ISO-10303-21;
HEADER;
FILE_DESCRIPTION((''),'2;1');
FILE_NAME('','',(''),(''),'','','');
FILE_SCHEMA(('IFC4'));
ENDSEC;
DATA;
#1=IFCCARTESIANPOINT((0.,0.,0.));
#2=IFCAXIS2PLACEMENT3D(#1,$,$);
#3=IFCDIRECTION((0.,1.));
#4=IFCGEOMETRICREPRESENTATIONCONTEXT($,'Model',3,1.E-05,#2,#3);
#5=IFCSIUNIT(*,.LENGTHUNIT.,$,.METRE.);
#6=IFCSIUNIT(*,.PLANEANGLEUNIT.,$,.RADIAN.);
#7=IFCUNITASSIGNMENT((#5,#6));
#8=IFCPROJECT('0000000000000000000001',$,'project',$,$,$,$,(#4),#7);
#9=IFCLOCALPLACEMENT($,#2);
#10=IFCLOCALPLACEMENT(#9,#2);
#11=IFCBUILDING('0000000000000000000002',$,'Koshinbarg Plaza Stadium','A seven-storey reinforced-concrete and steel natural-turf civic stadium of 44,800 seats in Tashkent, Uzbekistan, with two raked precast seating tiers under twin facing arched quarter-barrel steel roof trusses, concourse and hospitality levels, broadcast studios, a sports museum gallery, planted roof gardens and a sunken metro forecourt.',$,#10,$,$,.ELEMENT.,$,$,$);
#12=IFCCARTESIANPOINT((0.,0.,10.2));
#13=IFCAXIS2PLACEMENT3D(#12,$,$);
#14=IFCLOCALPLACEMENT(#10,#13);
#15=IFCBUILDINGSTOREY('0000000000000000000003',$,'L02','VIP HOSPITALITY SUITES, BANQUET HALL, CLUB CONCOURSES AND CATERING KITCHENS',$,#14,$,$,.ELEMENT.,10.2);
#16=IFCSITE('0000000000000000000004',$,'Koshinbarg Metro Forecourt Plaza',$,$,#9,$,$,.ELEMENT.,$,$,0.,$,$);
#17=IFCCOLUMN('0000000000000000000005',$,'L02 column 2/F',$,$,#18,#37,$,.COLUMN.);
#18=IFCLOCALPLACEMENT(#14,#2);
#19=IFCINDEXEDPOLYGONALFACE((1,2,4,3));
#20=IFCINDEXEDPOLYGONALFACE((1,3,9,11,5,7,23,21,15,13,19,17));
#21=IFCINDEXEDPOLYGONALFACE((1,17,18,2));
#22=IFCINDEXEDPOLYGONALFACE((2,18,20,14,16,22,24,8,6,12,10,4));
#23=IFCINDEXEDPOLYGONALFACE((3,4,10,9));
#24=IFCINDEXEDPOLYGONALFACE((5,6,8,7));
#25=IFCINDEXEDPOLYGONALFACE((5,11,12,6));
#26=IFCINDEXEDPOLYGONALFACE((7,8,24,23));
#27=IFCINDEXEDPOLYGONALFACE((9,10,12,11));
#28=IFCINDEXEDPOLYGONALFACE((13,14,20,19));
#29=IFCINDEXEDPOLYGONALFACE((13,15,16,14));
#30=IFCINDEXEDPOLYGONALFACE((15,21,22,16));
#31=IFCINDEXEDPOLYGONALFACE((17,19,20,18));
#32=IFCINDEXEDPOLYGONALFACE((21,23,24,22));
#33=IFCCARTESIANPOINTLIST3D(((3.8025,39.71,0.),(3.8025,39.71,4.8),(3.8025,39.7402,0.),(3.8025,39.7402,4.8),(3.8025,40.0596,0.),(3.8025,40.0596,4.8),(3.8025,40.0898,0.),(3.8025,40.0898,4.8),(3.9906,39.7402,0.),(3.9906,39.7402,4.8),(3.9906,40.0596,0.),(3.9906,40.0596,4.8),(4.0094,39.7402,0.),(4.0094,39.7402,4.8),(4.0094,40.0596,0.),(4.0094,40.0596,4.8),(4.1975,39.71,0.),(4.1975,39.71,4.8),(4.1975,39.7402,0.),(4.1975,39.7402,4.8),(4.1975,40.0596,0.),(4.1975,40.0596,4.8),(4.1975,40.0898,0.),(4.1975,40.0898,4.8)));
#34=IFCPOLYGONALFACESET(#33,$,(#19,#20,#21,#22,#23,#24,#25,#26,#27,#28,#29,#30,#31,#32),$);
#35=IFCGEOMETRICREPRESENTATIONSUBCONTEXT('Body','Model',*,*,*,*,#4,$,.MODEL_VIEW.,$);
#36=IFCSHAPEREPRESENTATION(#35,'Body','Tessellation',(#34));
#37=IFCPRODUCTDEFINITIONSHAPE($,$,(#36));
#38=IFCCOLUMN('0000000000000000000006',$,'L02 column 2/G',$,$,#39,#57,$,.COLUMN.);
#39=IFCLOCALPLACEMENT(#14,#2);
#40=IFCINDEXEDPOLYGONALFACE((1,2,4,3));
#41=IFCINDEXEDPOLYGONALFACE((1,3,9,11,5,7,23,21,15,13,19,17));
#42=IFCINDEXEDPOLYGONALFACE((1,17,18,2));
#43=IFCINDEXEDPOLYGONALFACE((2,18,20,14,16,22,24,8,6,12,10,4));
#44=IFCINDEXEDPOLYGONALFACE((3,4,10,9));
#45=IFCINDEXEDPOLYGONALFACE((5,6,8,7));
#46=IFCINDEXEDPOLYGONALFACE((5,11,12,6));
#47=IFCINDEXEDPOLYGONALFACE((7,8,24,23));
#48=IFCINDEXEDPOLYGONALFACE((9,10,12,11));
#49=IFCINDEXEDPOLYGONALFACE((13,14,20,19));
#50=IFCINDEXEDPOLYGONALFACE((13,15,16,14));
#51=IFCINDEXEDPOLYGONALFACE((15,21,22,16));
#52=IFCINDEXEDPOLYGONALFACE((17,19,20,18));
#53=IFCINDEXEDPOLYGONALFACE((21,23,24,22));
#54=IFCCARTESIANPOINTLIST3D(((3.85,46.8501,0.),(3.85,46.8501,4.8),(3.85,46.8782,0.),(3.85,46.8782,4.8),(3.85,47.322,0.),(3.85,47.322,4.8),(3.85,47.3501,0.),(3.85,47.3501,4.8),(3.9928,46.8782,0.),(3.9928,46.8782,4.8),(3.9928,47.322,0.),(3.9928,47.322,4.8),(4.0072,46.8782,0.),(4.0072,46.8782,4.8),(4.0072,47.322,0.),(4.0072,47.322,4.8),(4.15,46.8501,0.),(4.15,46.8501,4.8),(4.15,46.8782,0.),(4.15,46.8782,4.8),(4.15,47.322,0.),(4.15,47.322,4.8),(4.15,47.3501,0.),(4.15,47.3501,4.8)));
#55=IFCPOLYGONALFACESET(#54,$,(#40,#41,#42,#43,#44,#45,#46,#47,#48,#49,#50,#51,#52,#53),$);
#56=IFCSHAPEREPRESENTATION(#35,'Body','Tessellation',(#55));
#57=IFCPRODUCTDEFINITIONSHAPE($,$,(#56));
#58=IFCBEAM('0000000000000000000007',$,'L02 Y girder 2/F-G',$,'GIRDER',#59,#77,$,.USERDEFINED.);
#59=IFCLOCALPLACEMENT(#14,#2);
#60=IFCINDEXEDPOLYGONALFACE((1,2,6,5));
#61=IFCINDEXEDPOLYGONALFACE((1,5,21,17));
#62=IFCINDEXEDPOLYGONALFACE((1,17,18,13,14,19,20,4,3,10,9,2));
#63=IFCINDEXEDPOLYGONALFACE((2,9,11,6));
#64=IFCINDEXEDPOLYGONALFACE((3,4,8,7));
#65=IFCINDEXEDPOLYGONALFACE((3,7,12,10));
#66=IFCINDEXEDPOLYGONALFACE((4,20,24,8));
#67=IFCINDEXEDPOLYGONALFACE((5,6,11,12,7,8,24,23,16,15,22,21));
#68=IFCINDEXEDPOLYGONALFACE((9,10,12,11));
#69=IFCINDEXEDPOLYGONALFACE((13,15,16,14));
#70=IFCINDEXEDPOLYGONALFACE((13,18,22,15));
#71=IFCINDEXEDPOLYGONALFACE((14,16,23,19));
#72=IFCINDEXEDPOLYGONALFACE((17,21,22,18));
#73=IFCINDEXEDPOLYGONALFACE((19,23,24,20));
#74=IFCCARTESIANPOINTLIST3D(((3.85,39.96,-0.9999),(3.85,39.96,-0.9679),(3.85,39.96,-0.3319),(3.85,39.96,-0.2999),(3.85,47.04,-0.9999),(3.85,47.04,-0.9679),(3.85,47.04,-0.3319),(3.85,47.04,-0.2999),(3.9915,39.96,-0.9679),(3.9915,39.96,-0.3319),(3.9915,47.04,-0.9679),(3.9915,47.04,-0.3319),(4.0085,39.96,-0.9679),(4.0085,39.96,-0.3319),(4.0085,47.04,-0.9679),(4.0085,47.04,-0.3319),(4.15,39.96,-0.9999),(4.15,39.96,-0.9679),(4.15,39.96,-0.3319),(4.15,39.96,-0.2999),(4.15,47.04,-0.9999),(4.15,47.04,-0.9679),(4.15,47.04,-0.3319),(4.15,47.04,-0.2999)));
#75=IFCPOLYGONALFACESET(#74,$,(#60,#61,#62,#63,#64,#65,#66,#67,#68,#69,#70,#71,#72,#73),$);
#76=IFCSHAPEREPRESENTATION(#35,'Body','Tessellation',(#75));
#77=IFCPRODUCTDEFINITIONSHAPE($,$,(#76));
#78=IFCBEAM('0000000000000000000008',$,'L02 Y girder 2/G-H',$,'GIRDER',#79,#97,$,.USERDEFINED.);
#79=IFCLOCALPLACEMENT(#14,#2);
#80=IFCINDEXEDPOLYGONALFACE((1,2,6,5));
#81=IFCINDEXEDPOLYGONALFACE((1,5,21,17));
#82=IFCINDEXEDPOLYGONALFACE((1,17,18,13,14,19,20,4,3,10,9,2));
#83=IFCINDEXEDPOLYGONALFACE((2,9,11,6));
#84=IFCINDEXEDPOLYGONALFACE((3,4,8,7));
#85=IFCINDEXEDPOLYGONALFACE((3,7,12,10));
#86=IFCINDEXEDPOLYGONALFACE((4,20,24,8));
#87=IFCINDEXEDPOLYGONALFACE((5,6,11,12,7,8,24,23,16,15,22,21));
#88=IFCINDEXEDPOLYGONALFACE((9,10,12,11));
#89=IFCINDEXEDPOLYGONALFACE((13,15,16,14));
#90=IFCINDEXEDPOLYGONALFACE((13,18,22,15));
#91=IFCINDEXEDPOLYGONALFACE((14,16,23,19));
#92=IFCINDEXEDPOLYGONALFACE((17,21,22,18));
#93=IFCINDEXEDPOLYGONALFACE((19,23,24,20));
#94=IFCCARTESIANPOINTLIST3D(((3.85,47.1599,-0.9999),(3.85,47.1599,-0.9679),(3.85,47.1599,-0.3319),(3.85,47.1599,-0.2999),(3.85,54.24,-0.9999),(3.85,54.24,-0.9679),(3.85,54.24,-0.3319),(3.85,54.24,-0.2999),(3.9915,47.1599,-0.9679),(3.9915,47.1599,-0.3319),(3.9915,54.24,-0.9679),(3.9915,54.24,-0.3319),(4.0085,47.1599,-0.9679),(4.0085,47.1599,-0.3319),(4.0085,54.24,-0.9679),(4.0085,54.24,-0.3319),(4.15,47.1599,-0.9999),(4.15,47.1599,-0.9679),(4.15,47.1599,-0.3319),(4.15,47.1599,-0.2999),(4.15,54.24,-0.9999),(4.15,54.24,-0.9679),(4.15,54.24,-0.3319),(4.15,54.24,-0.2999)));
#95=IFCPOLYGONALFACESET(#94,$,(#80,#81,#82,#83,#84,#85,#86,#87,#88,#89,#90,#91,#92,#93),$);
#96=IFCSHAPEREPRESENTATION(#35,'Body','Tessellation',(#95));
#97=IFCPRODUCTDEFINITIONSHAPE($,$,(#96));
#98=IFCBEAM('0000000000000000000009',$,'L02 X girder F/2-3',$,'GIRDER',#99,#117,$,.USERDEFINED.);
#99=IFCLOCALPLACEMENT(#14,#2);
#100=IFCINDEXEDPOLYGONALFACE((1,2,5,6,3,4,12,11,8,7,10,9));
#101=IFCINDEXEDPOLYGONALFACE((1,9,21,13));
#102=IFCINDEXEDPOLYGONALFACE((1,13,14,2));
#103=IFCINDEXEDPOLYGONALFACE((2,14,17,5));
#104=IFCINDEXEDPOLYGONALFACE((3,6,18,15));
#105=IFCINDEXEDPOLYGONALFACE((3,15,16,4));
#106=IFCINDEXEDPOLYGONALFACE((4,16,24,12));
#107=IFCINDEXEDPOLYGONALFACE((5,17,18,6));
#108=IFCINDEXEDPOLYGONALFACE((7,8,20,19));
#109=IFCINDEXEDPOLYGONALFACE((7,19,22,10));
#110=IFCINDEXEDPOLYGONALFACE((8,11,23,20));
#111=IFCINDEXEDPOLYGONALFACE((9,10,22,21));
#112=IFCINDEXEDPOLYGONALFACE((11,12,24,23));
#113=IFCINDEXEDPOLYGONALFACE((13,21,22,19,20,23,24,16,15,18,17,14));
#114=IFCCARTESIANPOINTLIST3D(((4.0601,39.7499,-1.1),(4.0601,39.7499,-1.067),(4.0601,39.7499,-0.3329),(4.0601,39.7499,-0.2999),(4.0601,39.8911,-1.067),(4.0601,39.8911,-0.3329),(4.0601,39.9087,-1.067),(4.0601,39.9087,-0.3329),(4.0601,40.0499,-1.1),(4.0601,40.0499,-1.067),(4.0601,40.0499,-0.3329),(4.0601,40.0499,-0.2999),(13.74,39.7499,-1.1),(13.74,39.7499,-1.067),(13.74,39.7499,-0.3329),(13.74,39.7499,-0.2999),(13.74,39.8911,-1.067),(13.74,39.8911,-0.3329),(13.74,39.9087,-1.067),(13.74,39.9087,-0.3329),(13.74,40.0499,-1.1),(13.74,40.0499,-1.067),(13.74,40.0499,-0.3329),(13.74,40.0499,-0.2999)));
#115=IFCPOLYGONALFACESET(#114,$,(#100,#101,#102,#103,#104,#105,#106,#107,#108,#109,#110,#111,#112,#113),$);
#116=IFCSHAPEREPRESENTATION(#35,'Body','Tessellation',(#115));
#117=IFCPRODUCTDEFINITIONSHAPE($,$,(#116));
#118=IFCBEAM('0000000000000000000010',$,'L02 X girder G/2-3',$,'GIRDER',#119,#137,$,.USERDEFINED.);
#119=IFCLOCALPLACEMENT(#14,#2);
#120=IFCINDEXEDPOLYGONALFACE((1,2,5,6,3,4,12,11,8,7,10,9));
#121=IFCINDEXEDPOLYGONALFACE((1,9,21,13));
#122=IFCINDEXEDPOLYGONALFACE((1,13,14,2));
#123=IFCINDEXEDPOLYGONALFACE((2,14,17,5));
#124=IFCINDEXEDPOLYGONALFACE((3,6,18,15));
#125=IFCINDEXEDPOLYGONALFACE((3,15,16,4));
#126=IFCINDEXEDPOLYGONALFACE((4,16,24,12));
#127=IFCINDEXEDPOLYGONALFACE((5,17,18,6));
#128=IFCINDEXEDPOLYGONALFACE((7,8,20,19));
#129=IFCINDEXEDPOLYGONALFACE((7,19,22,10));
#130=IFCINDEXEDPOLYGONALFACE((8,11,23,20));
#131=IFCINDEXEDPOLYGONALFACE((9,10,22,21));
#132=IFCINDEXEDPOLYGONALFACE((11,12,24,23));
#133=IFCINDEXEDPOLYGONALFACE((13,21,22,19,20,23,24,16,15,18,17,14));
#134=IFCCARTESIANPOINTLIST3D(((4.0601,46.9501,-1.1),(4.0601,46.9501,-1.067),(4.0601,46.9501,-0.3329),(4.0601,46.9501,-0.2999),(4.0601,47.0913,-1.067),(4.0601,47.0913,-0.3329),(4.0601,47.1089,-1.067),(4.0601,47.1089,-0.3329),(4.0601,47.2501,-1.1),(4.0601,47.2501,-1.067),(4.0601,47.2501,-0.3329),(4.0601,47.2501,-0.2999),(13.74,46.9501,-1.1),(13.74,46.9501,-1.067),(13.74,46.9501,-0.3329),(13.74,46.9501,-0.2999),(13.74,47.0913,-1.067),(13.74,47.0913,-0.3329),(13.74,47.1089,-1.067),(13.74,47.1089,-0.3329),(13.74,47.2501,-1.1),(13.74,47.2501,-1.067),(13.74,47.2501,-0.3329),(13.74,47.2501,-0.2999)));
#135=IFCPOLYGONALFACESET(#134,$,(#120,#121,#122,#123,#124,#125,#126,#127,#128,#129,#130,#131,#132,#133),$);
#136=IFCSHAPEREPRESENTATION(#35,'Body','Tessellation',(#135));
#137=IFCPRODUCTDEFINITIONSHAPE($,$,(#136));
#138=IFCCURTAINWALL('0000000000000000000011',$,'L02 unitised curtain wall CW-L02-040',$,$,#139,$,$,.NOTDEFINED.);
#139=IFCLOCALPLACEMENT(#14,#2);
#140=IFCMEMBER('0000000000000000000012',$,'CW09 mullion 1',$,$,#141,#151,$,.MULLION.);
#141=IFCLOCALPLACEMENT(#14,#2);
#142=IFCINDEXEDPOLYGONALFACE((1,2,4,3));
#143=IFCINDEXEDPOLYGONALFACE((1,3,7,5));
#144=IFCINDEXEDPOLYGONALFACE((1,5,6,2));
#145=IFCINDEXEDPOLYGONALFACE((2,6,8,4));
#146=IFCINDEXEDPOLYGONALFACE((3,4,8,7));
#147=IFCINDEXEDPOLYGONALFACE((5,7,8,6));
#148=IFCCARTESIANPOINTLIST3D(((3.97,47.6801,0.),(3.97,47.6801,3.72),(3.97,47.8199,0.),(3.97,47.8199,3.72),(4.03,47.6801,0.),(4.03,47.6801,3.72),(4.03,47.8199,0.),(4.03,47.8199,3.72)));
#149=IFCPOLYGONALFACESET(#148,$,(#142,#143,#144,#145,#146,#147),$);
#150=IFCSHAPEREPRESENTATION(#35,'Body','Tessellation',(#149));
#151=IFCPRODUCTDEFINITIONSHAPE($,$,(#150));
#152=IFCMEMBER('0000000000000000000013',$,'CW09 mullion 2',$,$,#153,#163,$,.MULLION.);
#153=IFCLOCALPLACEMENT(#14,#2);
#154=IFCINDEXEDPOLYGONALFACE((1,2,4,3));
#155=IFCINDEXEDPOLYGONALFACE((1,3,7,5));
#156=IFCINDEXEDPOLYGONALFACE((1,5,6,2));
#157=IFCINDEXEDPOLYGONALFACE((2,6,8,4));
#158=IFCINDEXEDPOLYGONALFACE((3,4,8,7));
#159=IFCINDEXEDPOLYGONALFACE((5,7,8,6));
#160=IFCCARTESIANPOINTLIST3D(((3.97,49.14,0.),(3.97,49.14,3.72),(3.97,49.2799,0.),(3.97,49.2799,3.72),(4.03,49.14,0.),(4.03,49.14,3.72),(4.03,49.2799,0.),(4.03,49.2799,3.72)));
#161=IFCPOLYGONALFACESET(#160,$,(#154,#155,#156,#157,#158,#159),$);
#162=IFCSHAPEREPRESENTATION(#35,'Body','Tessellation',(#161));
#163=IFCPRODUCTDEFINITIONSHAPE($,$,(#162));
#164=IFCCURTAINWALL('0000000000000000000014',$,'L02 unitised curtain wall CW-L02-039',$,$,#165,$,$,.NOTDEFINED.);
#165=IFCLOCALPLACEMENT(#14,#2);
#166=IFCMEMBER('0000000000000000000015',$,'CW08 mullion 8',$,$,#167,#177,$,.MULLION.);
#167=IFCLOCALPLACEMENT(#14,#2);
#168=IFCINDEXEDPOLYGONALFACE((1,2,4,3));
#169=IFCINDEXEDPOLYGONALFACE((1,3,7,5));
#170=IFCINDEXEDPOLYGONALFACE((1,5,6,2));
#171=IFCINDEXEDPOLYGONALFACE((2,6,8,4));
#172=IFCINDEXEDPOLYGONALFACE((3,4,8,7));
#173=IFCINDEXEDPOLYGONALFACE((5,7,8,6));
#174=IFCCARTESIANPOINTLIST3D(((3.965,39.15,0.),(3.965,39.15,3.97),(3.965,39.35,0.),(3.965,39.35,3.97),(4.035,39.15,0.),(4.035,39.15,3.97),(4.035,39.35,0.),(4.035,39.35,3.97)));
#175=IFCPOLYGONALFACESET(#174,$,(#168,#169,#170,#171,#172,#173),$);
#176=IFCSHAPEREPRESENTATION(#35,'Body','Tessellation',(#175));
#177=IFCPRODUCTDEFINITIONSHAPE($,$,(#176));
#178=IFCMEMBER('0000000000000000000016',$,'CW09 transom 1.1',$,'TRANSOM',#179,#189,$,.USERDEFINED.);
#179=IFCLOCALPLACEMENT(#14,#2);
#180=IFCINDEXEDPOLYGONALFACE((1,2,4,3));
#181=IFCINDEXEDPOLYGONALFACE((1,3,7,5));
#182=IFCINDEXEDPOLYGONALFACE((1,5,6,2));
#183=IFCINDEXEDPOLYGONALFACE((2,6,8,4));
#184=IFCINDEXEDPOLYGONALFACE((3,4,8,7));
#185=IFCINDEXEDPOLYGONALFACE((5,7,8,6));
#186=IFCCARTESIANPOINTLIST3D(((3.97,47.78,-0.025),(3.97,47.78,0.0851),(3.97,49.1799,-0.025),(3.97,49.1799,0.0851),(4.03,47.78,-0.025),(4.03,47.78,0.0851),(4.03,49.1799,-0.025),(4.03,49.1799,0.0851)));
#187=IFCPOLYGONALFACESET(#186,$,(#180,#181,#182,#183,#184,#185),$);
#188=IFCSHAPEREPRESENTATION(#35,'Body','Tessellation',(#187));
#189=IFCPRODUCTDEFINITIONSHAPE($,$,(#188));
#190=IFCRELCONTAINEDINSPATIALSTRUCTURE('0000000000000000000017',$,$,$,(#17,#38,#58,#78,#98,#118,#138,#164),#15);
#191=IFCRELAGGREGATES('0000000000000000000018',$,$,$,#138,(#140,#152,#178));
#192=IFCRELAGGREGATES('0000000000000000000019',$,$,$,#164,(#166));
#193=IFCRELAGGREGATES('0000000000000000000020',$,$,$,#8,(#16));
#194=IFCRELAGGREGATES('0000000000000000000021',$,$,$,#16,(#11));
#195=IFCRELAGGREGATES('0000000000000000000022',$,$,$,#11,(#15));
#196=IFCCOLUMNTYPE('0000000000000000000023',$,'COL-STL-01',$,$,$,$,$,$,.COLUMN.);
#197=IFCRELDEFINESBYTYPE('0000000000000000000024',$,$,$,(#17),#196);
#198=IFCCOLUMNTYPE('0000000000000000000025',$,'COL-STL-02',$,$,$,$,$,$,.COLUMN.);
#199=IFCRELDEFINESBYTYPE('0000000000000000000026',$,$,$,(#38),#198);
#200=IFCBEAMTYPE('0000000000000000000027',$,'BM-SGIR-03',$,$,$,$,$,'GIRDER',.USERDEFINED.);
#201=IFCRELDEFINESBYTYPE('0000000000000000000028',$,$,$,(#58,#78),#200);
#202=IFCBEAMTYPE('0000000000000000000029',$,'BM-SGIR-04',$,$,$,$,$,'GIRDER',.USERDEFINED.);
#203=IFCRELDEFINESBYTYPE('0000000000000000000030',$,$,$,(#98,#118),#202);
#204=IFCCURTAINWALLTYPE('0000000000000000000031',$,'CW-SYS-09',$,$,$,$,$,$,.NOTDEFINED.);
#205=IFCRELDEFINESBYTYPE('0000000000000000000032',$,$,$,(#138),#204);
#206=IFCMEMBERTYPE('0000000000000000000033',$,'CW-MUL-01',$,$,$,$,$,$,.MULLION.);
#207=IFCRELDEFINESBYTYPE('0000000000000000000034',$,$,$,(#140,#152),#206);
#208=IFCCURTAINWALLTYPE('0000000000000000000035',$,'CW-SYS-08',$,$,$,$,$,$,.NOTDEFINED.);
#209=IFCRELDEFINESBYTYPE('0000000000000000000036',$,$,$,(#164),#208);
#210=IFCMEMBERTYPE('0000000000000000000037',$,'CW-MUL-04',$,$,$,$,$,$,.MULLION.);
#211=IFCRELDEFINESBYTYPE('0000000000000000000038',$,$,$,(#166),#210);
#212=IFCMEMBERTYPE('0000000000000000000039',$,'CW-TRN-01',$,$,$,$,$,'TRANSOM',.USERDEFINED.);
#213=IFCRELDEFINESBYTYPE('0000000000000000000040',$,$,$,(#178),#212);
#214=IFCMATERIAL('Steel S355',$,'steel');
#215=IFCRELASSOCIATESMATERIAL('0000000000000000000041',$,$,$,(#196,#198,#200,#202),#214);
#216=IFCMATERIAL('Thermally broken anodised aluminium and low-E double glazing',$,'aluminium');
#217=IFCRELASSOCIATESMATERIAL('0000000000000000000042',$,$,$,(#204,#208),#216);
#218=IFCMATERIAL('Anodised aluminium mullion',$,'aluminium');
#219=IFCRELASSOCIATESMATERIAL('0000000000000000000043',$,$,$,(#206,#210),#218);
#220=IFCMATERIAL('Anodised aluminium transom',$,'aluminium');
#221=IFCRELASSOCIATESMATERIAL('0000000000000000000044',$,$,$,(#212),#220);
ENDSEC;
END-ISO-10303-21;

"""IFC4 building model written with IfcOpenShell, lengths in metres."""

from ifc_helpers import new_model, si_unit, direction, frame, origin, origin_2d, place, context, subcontext, project, spatial, rectangle, i_section, extrude, material, material_profile, profile_set, type_object, element, aggregate, save


model = new_model("IFC4")

# Units and contexts
model_context = context("Model", 3, precision=1e-05, world=origin(), true_north=direction((0.0, 1.0)))
body_context = subcontext(model_context, "Body", "Model", "MODEL_VIEW")
ifc_project = project(units=[si_unit("LENGTHUNIT", "METRE"), si_unit("PLANEANGLEUNIT", "RADIAN")], contexts=[model_context])

# Site, building, storey
site_placement = place(None, origin())
site = spatial("IfcSite", under=ifc_project, at=site_placement, Name="Koshinbarg Metro Forecourt Plaza", CompositionType="ELEMENT", RefElevation=0.0)
building_placement = place(site_placement, origin())
building = spatial("IfcBuilding", under=site, at=building_placement, Name="Koshinbarg Plaza Stadium", Description="A seven-storey reinforced-concrete and steel natural-turf civic stadium of 44,800 seats in Tashkent, Uzbekistan, with two raked precast seating tiers under twin facing arched quarter-barrel steel roof trusses, concourse and hospitality levels, broadcast studios, a sports museum gallery, planted roof gardens and a sunken metro forecourt.", CompositionType="ELEMENT")
storey_placement = place(building_placement, frame((0.0, 0.0, 10.2)))
storey = spatial("IfcBuildingStorey", under=building, at=storey_placement, Name="L02", Description="VIP HOSPITALITY SUITES, BANQUET HALL, CLUB CONCOURSES AND CATERING KITCHENS", CompositionType="ELEMENT", Elevation=10.2)

# Columns
ifc_material_1 = material(Name="Steel S355", Category="steel")
ifc_material_profile_1 = material_profile(ifc_material_1, i_section(OverallWidth=0.395, OverallDepth=0.3799, WebThickness=0.0188, FlangeThickness=0.0303, at=origin_2d()), Name="HD 400x237")
ifc_profile_set_1 = profile_set([ifc_material_profile_1], Name="Steel S355")
column_type_1 = type_object("IfcColumnType", Name="COL-STL-01", PredefinedType="COLUMN", material=ifc_profile_set_1)
column_1_placement = place(storey_placement, frame((4.0, 39.8999, 0.0), z_axis=(0.0, 0.0, 1.0), x_axis=(1.0, 0.0, 0.0)))
element("IfcColumn", 1, at=column_1_placement, inside=storey, type_object=column_type_1, Name="L02 column 2/F", PredefinedType="COLUMN", context=body_context, shape_type="SweptSolid", body=[
    extrude(i_section(OverallWidth=0.395, OverallDepth=0.3799, WebThickness=0.0188, FlangeThickness=0.0303, at=origin_2d()), origin(), (0.0, 0.0, 1.0), 4.8),
])
ifc_material_profile_2 = material_profile(ifc_material_1, i_section(OverallWidth=0.3, OverallDepth=0.5, WebThickness=0.0144, FlangeThickness=0.0281, at=origin_2d()), Name="HEB 500")
ifc_profile_set_2 = profile_set([ifc_material_profile_2], Name="Steel S355")
column_type_2 = type_object("IfcColumnType", Name="COL-STL-02", PredefinedType="COLUMN", material=ifc_profile_set_2)
column_2_placement = place(storey_placement, frame((4.0, 47.1001, 0.0), z_axis=(0.0, 0.0, 1.0), x_axis=(1.0, 0.0, 0.0)))
element("IfcColumn", 2, at=column_2_placement, inside=storey, type_object=column_type_2, Name="L02 column 2/G", PredefinedType="COLUMN", context=body_context, shape_type="SweptSolid", body=[
    extrude(i_section(OverallWidth=0.3, OverallDepth=0.5, WebThickness=0.0144, FlangeThickness=0.0281, at=origin_2d()), origin(), (0.0, 0.0, 1.0), 4.8),
])

# Beams
ifc_material_profile_3 = material_profile(ifc_material_1, i_section(OverallWidth=0.3, OverallDepth=0.7, WebThickness=0.0171, FlangeThickness=0.032, at=origin_2d()), Name="HEB 700")
ifc_profile_set_3 = profile_set([ifc_material_profile_3], Name="Steel S355")
beam_type_1 = type_object("IfcBeamType", Name="BM-SGIR-03", ElementType="GIRDER", PredefinedType="USERDEFINED", material=ifc_profile_set_3)
for number, where, z_axis, x_axis, name in (
    (3, (4.0, 39.96, -0.6499), (0.0, 1.0, 0.0), (-1.0, 0.0, 0.0), "L02 Y girder 2/F-G"),
    (4, (4.0, 47.1599, -0.6499), (0.0, 1.0, 0.0), (-1.0, 0.0, 0.0), "L02 Y girder 2/G-H"),
):
    element("IfcBeam", number, at=place(storey_placement, frame(where, z_axis=z_axis, x_axis=x_axis)), inside=storey, type_object=beam_type_1, Name=name, ObjectType="GIRDER", PredefinedType="USERDEFINED", context=body_context, shape_type="SweptSolid", body=[
        extrude(i_section(OverallWidth=0.3, OverallDepth=0.7, WebThickness=0.0171, FlangeThickness=0.032, at=origin_2d()), origin(), (0.0, 0.0, 1.0), 7.0801),
    ])
ifc_material_profile_4 = material_profile(ifc_material_1, i_section(OverallWidth=0.3, OverallDepth=0.8, WebThickness=0.0176, FlangeThickness=0.033, at=origin_2d()), Name="HEB 800")
ifc_profile_set_4 = profile_set([ifc_material_profile_4], Name="Steel S355")
beam_type_2 = type_object("IfcBeamType", Name="BM-SGIR-04", ElementType="GIRDER", PredefinedType="USERDEFINED", material=ifc_profile_set_4)
for number, where, z_axis, x_axis, name in (
    (5, (4.0601, 39.8999, -0.7), (1.0, 0.0, 0.0), (0.0, 1.0, 0.0), "L02 X girder F/2-3"),
    (6, (4.0601, 47.1001, -0.7), (1.0, 0.0, 0.0), (0.0, 1.0, 0.0), "L02 X girder G/2-3"),
):
    element("IfcBeam", number, at=place(storey_placement, frame(where, z_axis=z_axis, x_axis=x_axis)), inside=storey, type_object=beam_type_2, Name=name, ObjectType="GIRDER", PredefinedType="USERDEFINED", context=body_context, shape_type="SweptSolid", body=[
        extrude(i_section(OverallWidth=0.3, OverallDepth=0.8, WebThickness=0.0176, FlangeThickness=0.033, at=origin_2d()), origin(), (0.0, 0.0, 1.0), 9.6799),
    ])

# Curtain wall, members
ifc_material_2 = material(Name="Thermally broken anodised aluminium and low-E double glazing", Category="aluminium")
curtain_wall_type_1 = type_object("IfcCurtainWallType", Name="CW-SYS-09", PredefinedType="NOTDEFINED", material=ifc_material_2)
curtain_wall_1_placement = place(storey_placement, origin())
curtain_wall_1 = element("IfcCurtainWall", 7, at=curtain_wall_1_placement, inside=storey, type_object=curtain_wall_type_1, Name="L02 unitised curtain wall CW-L02-040", PredefinedType="NOTDEFINED")
ifc_material_3 = material(Name="Anodised aluminium mullion", Category="aluminium")
ifc_material_profile_5 = material_profile(ifc_material_3, rectangle(XDim=0.0601, YDim=0.1399, at=origin_2d()), Name="ALU 60x140")
ifc_profile_set_5 = profile_set([ifc_material_profile_5], Name="Anodised aluminium mullion")
member_type_1 = type_object("IfcMemberType", Name="CW-MUL-01", PredefinedType="MULLION", material=ifc_profile_set_5)
member_1_placement = place(storey_placement, frame((4.0, 47.75, 0.0), z_axis=(0.0, 0.0, 1.0), x_axis=(-1.0, 0.0, 0.0)))
member_1 = element("IfcMember", 8, at=member_1_placement, type_object=member_type_1, Name="CW09 mullion 1", PredefinedType="MULLION", context=body_context, shape_type="SweptSolid", body=[
    extrude(rectangle(XDim=0.0601, YDim=0.1399, at=origin_2d()), origin(), (0.0, 0.0, 1.0), 3.72),
])
member_2_placement = place(storey_placement, frame((4.0, 49.21, 0.0), z_axis=(0.0, 0.0, 1.0), x_axis=(-1.0, 0.0, 0.0)))
member_2 = element("IfcMember", 9, at=member_2_placement, type_object=member_type_1, Name="CW09 mullion 2", PredefinedType="MULLION", context=body_context, shape_type="SweptSolid", body=[
    extrude(rectangle(XDim=0.0601, YDim=0.1399, at=origin_2d()), origin(), (0.0, 0.0, 1.0), 3.72),
])

# Curtain wall, member
curtain_wall_type_2 = type_object("IfcCurtainWallType", Name="CW-SYS-08", PredefinedType="NOTDEFINED", material=ifc_material_2)
curtain_wall_2_placement = place(storey_placement, origin())
curtain_wall_2 = element("IfcCurtainWall", 10, at=curtain_wall_2_placement, inside=storey, type_object=curtain_wall_type_2, Name="L02 unitised curtain wall CW-L02-039", PredefinedType="NOTDEFINED")
ifc_material_profile_6 = material_profile(ifc_material_3, rectangle(XDim=0.0701, YDim=0.2, at=origin_2d()), Name="ALU 70x200")
ifc_profile_set_6 = profile_set([ifc_material_profile_6], Name="Anodised aluminium mullion")
member_type_2 = type_object("IfcMemberType", Name="CW-MUL-04", PredefinedType="MULLION", material=ifc_profile_set_6)
member_3_placement = place(storey_placement, frame((4.0, 39.25, 0.0), z_axis=(0.0, 0.0, 1.0), x_axis=(-1.0, 0.0, 0.0)))
member_3 = element("IfcMember", 11, at=member_3_placement, type_object=member_type_2, Name="CW08 mullion 8", PredefinedType="MULLION", context=body_context, shape_type="SweptSolid", body=[
    extrude(rectangle(XDim=0.0701, YDim=0.2, at=origin_2d()), origin(), (0.0, 0.0, 1.0), 3.97),
])

# Member
ifc_material_4 = material(Name="Anodised aluminium transom", Category="aluminium")
ifc_material_profile_7 = material_profile(ifc_material_4, rectangle(XDim=0.0601, YDim=0.1101, at=origin_2d()), Name="ALU 60x110")
ifc_profile_set_7 = profile_set([ifc_material_profile_7], Name="Anodised aluminium transom")
member_type_3 = type_object("IfcMemberType", Name="CW-TRN-01", ElementType="TRANSOM", PredefinedType="USERDEFINED", material=ifc_profile_set_7)
member_4_placement = place(storey_placement, frame((4.0, 47.78, 0.03), z_axis=(0.0, 1.0, 0.0), x_axis=(-1.0, 0.0, 0.0)))
member_4 = element("IfcMember", 12, at=member_4_placement, type_object=member_type_3, Name="CW09 transom 1.1", ObjectType="TRANSOM", PredefinedType="USERDEFINED", context=body_context, shape_type="SweptSolid", body=[
    extrude(rectangle(XDim=0.0601, YDim=0.1101, at=origin_2d()), origin(), (0.0, 0.0, 1.0), 1.3999),
])

aggregate(curtain_wall_1, [member_1, member_2, member_4])
aggregate(curtain_wall_2, [member_3])

save(model, "model.ifc")
